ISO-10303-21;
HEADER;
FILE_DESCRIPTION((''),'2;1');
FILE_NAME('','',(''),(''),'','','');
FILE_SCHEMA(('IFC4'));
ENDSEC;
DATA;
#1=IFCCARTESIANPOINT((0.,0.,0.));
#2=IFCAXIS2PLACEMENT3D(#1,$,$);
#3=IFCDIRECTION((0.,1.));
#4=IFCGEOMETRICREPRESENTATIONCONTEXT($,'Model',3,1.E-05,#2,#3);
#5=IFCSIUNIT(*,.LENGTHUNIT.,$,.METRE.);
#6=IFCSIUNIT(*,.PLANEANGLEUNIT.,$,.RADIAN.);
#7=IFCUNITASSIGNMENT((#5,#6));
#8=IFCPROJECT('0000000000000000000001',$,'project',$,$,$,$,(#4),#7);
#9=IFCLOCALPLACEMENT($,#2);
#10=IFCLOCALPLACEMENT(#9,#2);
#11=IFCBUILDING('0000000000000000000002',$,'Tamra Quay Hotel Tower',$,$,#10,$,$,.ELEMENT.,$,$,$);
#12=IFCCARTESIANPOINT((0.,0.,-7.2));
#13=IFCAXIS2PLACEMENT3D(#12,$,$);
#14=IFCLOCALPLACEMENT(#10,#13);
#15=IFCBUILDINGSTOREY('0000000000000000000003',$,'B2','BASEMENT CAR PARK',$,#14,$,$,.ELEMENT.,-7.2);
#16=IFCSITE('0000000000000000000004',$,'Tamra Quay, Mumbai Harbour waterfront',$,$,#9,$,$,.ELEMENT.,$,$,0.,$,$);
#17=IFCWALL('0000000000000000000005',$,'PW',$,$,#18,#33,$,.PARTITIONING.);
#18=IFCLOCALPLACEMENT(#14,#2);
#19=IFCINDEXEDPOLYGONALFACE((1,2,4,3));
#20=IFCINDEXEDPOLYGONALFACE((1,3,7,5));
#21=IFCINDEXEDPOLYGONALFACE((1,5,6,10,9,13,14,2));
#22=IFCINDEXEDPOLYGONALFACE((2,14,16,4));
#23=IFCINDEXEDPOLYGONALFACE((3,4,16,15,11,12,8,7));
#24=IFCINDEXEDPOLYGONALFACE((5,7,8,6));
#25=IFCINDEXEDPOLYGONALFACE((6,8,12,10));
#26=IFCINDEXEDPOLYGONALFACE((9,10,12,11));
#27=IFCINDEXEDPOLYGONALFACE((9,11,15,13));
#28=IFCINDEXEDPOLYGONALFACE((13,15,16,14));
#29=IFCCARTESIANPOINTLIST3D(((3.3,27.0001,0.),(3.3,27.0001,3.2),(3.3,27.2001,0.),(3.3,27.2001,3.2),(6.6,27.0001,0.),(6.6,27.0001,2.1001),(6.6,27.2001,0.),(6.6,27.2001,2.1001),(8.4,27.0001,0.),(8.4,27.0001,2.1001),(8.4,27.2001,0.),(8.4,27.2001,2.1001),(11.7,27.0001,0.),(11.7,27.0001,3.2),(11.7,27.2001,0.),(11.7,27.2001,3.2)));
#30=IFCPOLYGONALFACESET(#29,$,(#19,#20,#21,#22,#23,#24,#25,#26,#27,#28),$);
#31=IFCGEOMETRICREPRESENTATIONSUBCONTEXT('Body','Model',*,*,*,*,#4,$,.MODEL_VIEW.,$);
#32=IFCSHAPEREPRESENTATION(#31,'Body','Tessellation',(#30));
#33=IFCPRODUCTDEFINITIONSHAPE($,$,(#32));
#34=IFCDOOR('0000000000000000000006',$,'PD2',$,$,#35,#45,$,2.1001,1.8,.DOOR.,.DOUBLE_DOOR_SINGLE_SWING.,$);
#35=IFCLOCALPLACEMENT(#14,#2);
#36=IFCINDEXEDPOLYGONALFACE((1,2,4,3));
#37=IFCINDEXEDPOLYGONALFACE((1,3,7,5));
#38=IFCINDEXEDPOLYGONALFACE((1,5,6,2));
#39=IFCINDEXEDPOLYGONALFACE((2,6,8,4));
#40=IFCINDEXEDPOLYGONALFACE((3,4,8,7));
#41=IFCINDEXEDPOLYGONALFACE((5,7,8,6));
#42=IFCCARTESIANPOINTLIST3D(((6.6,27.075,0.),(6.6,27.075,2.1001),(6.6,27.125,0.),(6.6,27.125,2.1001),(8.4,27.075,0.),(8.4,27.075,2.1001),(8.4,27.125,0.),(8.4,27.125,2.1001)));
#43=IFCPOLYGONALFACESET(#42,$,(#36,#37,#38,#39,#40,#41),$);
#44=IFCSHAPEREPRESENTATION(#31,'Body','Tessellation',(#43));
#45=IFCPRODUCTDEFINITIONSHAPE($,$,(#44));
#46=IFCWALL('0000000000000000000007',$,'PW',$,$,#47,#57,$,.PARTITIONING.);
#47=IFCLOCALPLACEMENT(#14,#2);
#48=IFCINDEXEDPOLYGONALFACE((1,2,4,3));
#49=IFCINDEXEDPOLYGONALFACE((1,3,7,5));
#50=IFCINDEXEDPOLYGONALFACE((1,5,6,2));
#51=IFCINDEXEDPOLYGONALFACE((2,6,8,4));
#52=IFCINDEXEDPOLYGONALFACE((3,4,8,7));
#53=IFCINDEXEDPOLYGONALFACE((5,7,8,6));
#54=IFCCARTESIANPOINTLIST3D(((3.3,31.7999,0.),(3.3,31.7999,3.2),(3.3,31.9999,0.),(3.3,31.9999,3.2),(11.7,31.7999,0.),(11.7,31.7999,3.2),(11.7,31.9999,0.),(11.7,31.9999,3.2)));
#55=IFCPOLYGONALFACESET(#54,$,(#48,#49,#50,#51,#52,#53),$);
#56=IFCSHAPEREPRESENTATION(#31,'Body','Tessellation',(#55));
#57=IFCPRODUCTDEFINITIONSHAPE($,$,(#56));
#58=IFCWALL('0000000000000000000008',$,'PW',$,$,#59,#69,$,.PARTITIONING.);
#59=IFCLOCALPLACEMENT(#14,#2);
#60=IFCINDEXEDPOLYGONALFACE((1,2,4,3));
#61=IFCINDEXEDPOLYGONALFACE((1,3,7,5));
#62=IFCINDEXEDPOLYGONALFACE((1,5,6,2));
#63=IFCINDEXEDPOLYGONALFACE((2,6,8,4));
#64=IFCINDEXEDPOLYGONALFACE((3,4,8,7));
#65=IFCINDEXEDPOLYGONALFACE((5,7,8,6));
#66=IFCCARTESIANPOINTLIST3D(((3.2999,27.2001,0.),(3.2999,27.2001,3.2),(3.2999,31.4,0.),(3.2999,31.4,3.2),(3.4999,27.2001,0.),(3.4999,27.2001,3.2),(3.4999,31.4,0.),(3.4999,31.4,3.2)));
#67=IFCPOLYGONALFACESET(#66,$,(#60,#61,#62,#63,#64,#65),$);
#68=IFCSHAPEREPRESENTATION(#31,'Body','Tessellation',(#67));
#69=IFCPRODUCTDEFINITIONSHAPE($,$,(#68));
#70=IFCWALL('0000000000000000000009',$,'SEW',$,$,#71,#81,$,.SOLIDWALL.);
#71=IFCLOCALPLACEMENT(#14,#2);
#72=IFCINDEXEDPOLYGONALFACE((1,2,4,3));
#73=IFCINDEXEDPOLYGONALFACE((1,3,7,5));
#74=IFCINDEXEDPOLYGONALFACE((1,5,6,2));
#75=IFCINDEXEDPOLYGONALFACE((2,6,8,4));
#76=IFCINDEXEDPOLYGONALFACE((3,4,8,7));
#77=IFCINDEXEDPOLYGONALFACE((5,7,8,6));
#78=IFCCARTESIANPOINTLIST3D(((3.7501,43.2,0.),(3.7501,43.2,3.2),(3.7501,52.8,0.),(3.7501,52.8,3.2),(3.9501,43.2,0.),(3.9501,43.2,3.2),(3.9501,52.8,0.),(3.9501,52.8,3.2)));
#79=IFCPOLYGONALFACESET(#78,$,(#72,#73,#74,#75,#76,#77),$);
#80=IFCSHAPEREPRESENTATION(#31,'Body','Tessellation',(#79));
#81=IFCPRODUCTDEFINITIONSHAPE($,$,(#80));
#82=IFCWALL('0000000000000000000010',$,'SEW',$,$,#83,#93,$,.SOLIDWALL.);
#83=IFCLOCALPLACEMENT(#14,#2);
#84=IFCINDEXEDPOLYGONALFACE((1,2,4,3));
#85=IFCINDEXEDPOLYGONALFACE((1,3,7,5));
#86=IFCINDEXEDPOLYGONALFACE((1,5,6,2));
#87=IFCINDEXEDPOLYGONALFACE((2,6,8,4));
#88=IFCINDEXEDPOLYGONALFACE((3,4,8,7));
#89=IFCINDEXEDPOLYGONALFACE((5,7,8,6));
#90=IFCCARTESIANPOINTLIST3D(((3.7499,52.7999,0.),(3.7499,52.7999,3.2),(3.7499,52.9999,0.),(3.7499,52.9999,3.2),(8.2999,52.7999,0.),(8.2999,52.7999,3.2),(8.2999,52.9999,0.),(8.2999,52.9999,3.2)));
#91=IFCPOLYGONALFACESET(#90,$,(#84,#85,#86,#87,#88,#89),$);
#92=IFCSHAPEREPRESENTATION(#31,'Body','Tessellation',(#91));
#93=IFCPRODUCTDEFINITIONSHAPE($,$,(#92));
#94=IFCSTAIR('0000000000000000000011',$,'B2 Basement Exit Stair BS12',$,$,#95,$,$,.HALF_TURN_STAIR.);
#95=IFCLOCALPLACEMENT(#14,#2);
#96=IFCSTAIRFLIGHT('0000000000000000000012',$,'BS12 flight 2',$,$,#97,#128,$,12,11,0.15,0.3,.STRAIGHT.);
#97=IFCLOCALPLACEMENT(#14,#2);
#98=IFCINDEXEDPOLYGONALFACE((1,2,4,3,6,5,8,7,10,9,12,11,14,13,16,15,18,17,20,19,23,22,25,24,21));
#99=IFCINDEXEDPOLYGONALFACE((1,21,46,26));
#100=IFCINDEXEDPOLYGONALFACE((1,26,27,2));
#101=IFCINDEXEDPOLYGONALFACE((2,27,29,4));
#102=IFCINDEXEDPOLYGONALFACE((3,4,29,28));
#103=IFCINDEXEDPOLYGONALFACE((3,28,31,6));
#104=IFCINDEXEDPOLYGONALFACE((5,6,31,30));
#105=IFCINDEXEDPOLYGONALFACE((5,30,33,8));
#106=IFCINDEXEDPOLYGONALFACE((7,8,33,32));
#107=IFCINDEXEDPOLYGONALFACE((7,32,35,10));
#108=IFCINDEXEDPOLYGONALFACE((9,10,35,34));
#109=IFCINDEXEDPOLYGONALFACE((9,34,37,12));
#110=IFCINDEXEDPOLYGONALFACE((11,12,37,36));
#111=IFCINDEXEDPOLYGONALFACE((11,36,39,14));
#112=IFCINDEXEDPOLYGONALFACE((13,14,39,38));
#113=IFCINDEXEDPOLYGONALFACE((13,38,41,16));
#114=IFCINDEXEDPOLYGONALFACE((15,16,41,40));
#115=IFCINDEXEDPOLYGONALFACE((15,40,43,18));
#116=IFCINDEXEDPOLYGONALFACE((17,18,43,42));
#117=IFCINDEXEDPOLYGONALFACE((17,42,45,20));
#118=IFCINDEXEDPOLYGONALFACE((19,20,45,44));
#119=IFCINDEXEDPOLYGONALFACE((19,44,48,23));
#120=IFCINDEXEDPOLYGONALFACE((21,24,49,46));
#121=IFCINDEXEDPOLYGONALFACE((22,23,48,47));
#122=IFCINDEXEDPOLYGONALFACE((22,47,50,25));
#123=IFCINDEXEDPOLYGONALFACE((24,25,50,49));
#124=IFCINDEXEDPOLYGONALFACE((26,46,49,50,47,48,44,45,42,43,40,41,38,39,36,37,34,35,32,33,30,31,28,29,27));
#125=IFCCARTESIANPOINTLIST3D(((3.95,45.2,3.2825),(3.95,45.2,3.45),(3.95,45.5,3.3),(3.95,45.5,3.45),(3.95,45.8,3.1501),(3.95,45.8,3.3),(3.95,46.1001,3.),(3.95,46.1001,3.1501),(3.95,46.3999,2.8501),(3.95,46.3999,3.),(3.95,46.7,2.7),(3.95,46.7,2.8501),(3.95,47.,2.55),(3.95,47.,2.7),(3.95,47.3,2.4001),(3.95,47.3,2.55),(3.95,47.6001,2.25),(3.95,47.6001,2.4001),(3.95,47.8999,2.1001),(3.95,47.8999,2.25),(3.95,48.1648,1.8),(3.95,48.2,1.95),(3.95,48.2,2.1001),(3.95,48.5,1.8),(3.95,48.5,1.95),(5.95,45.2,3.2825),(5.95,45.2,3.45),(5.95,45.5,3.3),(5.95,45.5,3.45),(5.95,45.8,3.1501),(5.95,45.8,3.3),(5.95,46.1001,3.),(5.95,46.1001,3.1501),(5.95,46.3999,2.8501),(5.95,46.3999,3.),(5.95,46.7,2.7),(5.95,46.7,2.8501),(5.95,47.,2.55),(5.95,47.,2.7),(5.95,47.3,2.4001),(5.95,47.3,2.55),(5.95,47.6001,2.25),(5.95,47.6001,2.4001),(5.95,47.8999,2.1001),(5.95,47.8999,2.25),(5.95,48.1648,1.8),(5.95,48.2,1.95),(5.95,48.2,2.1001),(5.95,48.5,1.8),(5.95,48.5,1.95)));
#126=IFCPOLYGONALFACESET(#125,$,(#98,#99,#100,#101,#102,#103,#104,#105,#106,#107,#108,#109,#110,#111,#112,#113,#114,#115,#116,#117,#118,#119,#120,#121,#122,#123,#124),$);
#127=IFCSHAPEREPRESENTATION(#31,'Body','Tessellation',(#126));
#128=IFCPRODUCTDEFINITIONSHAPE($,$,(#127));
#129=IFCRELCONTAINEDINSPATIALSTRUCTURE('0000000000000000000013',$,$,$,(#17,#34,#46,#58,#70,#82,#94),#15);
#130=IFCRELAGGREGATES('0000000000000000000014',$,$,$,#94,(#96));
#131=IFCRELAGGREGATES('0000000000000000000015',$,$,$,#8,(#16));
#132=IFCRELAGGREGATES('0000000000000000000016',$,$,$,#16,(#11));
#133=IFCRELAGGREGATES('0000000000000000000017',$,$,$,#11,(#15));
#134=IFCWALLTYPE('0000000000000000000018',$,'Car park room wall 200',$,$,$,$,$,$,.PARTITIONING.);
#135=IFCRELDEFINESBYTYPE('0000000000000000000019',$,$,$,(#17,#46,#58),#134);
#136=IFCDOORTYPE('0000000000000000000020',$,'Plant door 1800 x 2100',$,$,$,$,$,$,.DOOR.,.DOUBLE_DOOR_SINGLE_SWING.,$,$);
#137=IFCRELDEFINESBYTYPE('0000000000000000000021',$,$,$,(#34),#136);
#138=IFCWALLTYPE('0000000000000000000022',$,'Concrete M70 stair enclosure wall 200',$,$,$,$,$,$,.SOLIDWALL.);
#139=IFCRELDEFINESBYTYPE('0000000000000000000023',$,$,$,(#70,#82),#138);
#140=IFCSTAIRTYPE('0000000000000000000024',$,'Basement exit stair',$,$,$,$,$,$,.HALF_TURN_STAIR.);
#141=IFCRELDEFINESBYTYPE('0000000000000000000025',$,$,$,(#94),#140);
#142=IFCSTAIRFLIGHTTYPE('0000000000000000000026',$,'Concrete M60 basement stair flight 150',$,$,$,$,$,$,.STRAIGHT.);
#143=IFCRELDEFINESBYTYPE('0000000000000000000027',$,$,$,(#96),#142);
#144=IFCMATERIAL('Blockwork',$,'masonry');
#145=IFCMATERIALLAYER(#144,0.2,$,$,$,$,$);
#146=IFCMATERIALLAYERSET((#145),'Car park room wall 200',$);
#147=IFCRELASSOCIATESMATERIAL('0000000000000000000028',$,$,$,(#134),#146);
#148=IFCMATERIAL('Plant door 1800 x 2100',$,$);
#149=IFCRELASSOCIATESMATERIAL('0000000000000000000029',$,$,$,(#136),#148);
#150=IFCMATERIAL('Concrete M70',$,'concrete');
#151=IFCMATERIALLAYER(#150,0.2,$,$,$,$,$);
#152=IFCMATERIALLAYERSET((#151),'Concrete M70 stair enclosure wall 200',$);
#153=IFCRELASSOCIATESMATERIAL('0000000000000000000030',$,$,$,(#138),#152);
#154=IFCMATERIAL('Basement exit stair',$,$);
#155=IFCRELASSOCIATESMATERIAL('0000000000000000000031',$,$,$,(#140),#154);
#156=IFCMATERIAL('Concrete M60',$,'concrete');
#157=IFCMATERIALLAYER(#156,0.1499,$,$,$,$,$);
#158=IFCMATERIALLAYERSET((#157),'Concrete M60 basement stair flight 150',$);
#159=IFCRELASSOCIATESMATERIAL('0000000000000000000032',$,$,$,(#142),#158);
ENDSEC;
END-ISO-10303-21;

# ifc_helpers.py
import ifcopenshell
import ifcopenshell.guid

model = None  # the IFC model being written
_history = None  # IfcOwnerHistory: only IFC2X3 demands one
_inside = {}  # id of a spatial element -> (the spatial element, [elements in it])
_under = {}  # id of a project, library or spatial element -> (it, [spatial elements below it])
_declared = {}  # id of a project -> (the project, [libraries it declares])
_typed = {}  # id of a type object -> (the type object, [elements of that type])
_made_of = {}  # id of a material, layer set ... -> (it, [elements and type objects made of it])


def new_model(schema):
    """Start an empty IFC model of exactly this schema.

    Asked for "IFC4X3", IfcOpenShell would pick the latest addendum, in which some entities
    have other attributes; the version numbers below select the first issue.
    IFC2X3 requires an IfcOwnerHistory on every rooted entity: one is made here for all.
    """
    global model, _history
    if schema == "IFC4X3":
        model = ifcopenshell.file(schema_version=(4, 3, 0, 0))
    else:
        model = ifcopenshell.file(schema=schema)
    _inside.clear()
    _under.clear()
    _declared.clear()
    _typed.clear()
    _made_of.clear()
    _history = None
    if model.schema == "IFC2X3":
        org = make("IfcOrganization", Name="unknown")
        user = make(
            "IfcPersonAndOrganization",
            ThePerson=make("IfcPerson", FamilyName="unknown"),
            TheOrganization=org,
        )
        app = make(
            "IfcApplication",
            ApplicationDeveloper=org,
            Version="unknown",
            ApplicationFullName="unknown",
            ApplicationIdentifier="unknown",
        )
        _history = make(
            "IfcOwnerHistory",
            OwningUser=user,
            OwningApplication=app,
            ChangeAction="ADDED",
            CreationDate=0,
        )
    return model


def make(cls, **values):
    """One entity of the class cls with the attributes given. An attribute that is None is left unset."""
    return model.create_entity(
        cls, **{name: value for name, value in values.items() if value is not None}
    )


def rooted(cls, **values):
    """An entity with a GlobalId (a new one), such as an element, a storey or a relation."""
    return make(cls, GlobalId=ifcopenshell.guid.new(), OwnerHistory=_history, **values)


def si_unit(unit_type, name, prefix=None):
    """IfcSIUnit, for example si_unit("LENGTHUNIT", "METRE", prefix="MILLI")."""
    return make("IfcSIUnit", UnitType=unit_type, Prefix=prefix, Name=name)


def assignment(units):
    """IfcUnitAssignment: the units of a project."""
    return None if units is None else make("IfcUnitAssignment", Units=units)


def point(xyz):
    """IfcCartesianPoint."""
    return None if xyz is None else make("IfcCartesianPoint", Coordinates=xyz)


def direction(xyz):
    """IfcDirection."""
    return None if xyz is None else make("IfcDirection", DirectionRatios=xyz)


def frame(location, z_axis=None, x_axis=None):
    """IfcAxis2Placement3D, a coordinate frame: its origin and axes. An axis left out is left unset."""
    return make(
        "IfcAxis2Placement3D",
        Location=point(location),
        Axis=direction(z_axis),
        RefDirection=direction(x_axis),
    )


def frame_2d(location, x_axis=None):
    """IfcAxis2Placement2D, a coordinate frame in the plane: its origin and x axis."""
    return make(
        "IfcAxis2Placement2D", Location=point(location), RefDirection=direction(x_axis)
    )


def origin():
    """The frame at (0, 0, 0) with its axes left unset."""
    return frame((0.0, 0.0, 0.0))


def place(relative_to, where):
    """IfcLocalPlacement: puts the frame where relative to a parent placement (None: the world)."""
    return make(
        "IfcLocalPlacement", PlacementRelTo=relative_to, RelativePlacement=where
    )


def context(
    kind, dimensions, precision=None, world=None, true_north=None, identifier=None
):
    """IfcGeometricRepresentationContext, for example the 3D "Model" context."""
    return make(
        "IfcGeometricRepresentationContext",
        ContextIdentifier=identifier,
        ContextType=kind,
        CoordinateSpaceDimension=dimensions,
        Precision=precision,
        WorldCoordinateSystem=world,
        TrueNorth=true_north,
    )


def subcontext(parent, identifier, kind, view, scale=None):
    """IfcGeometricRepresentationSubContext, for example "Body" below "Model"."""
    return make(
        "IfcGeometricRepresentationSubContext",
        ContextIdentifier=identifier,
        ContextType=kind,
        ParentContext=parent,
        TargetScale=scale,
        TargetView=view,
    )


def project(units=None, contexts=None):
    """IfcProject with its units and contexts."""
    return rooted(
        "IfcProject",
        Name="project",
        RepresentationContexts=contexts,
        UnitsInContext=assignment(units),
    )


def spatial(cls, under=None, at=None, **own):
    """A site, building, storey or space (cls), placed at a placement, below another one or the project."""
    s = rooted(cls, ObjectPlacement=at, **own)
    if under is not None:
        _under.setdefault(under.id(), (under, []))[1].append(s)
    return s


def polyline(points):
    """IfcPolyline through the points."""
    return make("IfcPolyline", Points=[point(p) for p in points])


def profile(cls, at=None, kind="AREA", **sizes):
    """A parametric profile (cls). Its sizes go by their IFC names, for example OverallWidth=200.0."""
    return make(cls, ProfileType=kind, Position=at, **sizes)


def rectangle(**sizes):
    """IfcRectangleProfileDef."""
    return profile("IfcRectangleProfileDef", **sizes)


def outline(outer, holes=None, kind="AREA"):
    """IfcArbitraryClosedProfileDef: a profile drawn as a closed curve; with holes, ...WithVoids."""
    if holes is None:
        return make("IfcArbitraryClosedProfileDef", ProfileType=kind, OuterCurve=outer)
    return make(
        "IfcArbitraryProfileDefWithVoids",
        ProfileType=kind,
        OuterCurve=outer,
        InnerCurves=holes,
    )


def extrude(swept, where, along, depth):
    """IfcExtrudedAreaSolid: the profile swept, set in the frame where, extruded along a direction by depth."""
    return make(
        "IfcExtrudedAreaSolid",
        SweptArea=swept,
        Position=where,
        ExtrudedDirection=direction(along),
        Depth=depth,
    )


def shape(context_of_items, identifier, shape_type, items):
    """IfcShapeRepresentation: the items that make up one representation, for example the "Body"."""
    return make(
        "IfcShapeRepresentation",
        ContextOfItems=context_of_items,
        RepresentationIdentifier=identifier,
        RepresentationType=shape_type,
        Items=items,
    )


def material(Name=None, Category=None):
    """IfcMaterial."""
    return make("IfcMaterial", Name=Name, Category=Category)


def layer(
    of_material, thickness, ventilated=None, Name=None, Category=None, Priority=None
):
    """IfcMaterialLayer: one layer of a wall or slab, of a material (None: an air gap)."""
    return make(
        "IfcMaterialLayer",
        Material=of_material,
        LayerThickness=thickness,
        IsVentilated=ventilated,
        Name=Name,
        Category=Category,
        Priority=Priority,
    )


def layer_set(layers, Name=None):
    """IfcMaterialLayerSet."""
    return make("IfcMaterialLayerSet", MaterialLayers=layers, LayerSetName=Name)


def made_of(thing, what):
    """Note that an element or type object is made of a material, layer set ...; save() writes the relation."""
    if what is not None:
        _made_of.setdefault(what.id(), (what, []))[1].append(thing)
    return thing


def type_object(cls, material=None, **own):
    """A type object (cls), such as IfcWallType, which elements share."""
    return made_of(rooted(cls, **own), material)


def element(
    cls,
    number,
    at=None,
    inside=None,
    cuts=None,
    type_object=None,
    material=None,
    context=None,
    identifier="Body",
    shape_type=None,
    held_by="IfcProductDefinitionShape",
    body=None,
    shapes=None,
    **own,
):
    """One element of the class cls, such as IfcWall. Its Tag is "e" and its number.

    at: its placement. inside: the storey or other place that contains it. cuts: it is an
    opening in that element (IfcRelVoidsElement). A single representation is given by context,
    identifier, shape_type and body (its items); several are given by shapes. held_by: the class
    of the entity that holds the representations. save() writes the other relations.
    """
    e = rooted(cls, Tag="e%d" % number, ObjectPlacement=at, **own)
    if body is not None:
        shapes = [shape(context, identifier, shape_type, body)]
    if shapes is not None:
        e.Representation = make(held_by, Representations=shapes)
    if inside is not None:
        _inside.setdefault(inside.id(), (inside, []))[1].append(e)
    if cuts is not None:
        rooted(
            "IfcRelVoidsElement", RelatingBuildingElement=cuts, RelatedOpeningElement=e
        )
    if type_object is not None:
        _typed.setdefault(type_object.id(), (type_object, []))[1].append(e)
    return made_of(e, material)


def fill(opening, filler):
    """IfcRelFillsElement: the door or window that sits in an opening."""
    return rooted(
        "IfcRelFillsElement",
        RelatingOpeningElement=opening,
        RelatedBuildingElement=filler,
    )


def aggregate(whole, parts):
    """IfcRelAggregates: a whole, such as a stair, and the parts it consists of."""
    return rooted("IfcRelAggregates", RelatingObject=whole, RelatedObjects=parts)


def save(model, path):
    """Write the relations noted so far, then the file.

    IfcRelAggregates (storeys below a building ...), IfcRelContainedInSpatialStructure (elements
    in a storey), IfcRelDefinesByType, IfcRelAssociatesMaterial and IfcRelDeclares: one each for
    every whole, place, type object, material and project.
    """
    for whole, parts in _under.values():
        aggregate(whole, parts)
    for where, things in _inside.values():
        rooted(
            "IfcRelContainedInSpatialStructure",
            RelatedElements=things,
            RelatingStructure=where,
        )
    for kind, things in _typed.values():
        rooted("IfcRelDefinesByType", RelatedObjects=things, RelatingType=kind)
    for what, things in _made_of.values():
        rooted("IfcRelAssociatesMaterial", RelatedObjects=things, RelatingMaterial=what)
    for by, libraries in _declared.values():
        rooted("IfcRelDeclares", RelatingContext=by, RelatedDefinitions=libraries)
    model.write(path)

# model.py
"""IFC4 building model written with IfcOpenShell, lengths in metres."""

from ifc_helpers import new_model, si_unit, direction, frame, frame_2d, origin, place, context, subcontext, project, spatial, polyline, rectangle, outline, extrude, material, layer, layer_set, type_object, element, fill, aggregate, save


model = new_model("IFC4")

# Units and contexts
model_context = context("Model", 3, precision=1e-05, world=origin(), true_north=direction((0.0, 1.0)))
body_context = subcontext(model_context, "Body", "Model", "MODEL_VIEW")
ifc_project = project(units=[si_unit("LENGTHUNIT", "METRE"), si_unit("PLANEANGLEUNIT", "RADIAN")], contexts=[model_context])

# Site, building, storey
site_placement = place(None, origin())
site = spatial("IfcSite", under=ifc_project, at=site_placement, Name="Tamra Quay, Mumbai Harbour waterfront", CompositionType="ELEMENT", RefElevation=0.0)
building_placement = place(site_placement, origin())
building = spatial("IfcBuilding", under=site, at=building_placement, Name="Tamra Quay Hotel Tower", CompositionType="ELEMENT")
storey_placement = place(building_placement, frame((0.0, 0.0, -7.2)))
storey = spatial("IfcBuildingStorey", under=building, at=storey_placement, Name="B2", Description="BASEMENT CAR PARK", CompositionType="ELEMENT", Elevation=-7.2)

# Shared definitions
ifc_material_1 = material(Name="Concrete M70", Category="concrete")

# Shared definitions
ifc_material_2 = material(Name="Blockwork", Category="masonry")
ifc_layer_1 = layer(ifc_material_2, 0.2)
ifc_layer_set_1 = layer_set([ifc_layer_1], Name="Car park room wall 200")
wall_type_1 = type_object("IfcWallType", Name="Car park room wall 200", PredefinedType="PARTITIONING", material=ifc_layer_set_1)

# Shared definitions
ifc_material_3 = material(Name="Plant door 1800 x 2100")
door_type = type_object("IfcDoorType", Name="Plant door 1800 x 2100", OperationType="DOUBLE_DOOR_SINGLE_SWING", PredefinedType="DOOR", material=ifc_material_3)

# Wall, opening, door
wall_1_placement = place(storey_placement, frame((3.3, 27.1001, 0.0), z_axis=(0.0, 0.0, 1.0), x_axis=(1.0, 0.0, 0.0)))
wall_1 = element("IfcWall", 1, at=wall_1_placement, inside=storey, type_object=wall_type_1, Name="PW", PredefinedType="PARTITIONING", context=body_context, shape_type="SweptSolid", body=[
    extrude(rectangle(XDim=8.3999, YDim=0.2, at=frame_2d((4.2, 0.0))), origin(), (0.0, 0.0, 1.0), 3.2),
])
opening_1_placement = place(wall_1_placement, frame((3.3, 0.0, 0.0)))
opening_1 = element("IfcOpeningElement", 2, at=opening_1_placement, cuts=wall_1, PredefinedType="OPENING", context=body_context, shape_type="SweptSolid", body=[
    extrude(rectangle(XDim=1.8, YDim=2.1001, at=frame_2d((0.8999, 1.05))), frame((0.0, 0.1099, 0.0), z_axis=(0.0, -1.0, 0.0), x_axis=(1.0, 0.0, 0.0)), (0.0, 0.0, 1.0), 0.22),
])
door_1_placement = place(opening_1_placement, origin())
door_1 = element("IfcDoor", 3, at=door_1_placement, inside=storey, type_object=door_type, Name="PD2", OperationType="DOUBLE_DOOR_SINGLE_SWING", OverallHeight=2.1001, OverallWidth=1.8, PredefinedType="DOOR", context=body_context, shape_type="SweptSolid", body=[
    extrude(rectangle(XDim=1.8, YDim=2.1001, at=frame_2d((0.8999, 1.05))), frame((0.0, 0.0249, 0.0), z_axis=(0.0, -1.0, 0.0), x_axis=(1.0, 0.0, 0.0)), (0.0, 0.0, 1.0), 0.05),
])
fill(opening_1, door_1)

# Walls
wall_2_placement = place(storey_placement, frame((3.3, 31.8999, 0.0), z_axis=(0.0, 0.0, 1.0), x_axis=(1.0, 0.0, 0.0)))
element("IfcWall", 4, at=wall_2_placement, inside=storey, type_object=wall_type_1, Name="PW", PredefinedType="PARTITIONING", context=body_context, shape_type="SweptSolid", body=[
    extrude(rectangle(XDim=8.3999, YDim=0.2, at=frame_2d((4.2, 0.0))), origin(), (0.0, 0.0, 1.0), 3.2),
])
wall_3_placement = place(storey_placement, frame((3.3999, 27.2, 0.0), z_axis=(0.0, 0.0, 1.0), x_axis=(0.0, 1.0, 0.0)))
element("IfcWall", 5, at=wall_3_placement, inside=storey, type_object=wall_type_1, Name="PW", PredefinedType="PARTITIONING", context=body_context, shape_type="SweptSolid", body=[
    extrude(rectangle(XDim=4.2, YDim=0.2, at=frame_2d((2.1001, 0.0))), origin(), (0.0, 0.0, 1.0), 3.2),
])
ifc_layer_2 = layer(ifc_material_1, 0.2)
ifc_layer_set_2 = layer_set([ifc_layer_2], Name="Concrete M70 stair enclosure wall 200")
wall_type_2 = type_object("IfcWallType", Name="Concrete M70 stair enclosure wall 200", PredefinedType="SOLIDWALL", material=ifc_layer_set_2)
wall_4_placement = place(storey_placement, frame((3.8501, 43.2, 0.0), z_axis=(0.0, 0.0, 1.0), x_axis=(0.0, 1.0, 0.0)))
element("IfcWall", 6, at=wall_4_placement, inside=storey, type_object=wall_type_2, Name="SEW", PredefinedType="SOLIDWALL", context=body_context, shape_type="SweptSolid", body=[
    extrude(rectangle(XDim=9.6001, YDim=0.2, at=frame_2d((4.8, 0.0))), origin(), (0.0, 0.0, 1.0), 3.2),
])
wall_5_placement = place(storey_placement, frame((3.75, 52.8999, 0.0), z_axis=(0.0, 0.0, 1.0), x_axis=(1.0, 0.0, 0.0)))
element("IfcWall", 7, at=wall_5_placement, inside=storey, type_object=wall_type_2, Name="SEW", PredefinedType="SOLIDWALL", context=body_context, shape_type="SweptSolid", body=[
    extrude(rectangle(XDim=4.55, YDim=0.2, at=frame_2d((2.2749, 0.0))), origin(), (0.0, 0.0, 1.0), 3.2),
])

# Stair, stair flight
ifc_material_4 = material(Name="Basement exit stair")
stair_type = type_object("IfcStairType", Name="Basement exit stair", PredefinedType="HALF_TURN_STAIR", material=ifc_material_4)
stair_placement = place(storey_placement, origin())
stair = element("IfcStair", 8, at=stair_placement, inside=storey, type_object=stair_type, Name="B2 Basement Exit Stair BS12", PredefinedType="HALF_TURN_STAIR")
ifc_material_5 = material(Name="Concrete M60", Category="concrete")
ifc_layer_3 = layer(ifc_material_5, 0.1499)
ifc_layer_set_3 = layer_set([ifc_layer_3], Name="Concrete M60 basement stair flight 150")
stair_flight_type = type_object("IfcStairFlightType", Name="Concrete M60 basement stair flight 150", PredefinedType="STRAIGHT", material=ifc_layer_set_3)
stair_flight_placement = place(storey_placement, frame((4.95, 48.5, 1.8), z_axis=(0.0, 0.0, 1.0), x_axis=(0.0, -1.0, 0.0)))
stair_flight = element("IfcStairFlight", 9, at=stair_flight_placement, type_object=stair_flight_type, Name="BS12 flight 2", NumberOfRisers=12, NumberOfTreads=11, PredefinedType="STRAIGHT", RiserHeight=0.15, TreadLength=0.3, context=body_context, shape_type="SweptSolid", body=[
    extrude(outline(polyline([(0.0, 0.0), (0.0, 0.1499), (0.3, 0.1499), (0.3, 0.3), (0.6001, 0.3), (0.6001, 0.45), (0.8999, 0.45), (0.8999, 0.6001), (1.2, 0.6001), (1.2, 0.75), (1.5, 0.75), (1.5, 0.8999), (1.8, 0.8999), (1.8, 1.05), (2.1001, 1.05), (2.1001, 1.2), (2.3999, 1.2), (2.3999, 1.3501), (2.7, 1.3501), (2.7, 1.5), (3.0, 1.5), (3.0, 1.6499), (3.3, 1.6499), (3.3, 1.8), (3.3, 1.4824), (0.3352, 0.0), (0.0, 0.0)])), frame((0.0, 1.0, 0.0), z_axis=(0.0, -1.0, 0.0), x_axis=(1.0, 0.0, 0.0)), (0.0, 0.0, 1.0), 2.0),
])
aggregate(stair, [stair_flight])

save(model, "model.ifc")
